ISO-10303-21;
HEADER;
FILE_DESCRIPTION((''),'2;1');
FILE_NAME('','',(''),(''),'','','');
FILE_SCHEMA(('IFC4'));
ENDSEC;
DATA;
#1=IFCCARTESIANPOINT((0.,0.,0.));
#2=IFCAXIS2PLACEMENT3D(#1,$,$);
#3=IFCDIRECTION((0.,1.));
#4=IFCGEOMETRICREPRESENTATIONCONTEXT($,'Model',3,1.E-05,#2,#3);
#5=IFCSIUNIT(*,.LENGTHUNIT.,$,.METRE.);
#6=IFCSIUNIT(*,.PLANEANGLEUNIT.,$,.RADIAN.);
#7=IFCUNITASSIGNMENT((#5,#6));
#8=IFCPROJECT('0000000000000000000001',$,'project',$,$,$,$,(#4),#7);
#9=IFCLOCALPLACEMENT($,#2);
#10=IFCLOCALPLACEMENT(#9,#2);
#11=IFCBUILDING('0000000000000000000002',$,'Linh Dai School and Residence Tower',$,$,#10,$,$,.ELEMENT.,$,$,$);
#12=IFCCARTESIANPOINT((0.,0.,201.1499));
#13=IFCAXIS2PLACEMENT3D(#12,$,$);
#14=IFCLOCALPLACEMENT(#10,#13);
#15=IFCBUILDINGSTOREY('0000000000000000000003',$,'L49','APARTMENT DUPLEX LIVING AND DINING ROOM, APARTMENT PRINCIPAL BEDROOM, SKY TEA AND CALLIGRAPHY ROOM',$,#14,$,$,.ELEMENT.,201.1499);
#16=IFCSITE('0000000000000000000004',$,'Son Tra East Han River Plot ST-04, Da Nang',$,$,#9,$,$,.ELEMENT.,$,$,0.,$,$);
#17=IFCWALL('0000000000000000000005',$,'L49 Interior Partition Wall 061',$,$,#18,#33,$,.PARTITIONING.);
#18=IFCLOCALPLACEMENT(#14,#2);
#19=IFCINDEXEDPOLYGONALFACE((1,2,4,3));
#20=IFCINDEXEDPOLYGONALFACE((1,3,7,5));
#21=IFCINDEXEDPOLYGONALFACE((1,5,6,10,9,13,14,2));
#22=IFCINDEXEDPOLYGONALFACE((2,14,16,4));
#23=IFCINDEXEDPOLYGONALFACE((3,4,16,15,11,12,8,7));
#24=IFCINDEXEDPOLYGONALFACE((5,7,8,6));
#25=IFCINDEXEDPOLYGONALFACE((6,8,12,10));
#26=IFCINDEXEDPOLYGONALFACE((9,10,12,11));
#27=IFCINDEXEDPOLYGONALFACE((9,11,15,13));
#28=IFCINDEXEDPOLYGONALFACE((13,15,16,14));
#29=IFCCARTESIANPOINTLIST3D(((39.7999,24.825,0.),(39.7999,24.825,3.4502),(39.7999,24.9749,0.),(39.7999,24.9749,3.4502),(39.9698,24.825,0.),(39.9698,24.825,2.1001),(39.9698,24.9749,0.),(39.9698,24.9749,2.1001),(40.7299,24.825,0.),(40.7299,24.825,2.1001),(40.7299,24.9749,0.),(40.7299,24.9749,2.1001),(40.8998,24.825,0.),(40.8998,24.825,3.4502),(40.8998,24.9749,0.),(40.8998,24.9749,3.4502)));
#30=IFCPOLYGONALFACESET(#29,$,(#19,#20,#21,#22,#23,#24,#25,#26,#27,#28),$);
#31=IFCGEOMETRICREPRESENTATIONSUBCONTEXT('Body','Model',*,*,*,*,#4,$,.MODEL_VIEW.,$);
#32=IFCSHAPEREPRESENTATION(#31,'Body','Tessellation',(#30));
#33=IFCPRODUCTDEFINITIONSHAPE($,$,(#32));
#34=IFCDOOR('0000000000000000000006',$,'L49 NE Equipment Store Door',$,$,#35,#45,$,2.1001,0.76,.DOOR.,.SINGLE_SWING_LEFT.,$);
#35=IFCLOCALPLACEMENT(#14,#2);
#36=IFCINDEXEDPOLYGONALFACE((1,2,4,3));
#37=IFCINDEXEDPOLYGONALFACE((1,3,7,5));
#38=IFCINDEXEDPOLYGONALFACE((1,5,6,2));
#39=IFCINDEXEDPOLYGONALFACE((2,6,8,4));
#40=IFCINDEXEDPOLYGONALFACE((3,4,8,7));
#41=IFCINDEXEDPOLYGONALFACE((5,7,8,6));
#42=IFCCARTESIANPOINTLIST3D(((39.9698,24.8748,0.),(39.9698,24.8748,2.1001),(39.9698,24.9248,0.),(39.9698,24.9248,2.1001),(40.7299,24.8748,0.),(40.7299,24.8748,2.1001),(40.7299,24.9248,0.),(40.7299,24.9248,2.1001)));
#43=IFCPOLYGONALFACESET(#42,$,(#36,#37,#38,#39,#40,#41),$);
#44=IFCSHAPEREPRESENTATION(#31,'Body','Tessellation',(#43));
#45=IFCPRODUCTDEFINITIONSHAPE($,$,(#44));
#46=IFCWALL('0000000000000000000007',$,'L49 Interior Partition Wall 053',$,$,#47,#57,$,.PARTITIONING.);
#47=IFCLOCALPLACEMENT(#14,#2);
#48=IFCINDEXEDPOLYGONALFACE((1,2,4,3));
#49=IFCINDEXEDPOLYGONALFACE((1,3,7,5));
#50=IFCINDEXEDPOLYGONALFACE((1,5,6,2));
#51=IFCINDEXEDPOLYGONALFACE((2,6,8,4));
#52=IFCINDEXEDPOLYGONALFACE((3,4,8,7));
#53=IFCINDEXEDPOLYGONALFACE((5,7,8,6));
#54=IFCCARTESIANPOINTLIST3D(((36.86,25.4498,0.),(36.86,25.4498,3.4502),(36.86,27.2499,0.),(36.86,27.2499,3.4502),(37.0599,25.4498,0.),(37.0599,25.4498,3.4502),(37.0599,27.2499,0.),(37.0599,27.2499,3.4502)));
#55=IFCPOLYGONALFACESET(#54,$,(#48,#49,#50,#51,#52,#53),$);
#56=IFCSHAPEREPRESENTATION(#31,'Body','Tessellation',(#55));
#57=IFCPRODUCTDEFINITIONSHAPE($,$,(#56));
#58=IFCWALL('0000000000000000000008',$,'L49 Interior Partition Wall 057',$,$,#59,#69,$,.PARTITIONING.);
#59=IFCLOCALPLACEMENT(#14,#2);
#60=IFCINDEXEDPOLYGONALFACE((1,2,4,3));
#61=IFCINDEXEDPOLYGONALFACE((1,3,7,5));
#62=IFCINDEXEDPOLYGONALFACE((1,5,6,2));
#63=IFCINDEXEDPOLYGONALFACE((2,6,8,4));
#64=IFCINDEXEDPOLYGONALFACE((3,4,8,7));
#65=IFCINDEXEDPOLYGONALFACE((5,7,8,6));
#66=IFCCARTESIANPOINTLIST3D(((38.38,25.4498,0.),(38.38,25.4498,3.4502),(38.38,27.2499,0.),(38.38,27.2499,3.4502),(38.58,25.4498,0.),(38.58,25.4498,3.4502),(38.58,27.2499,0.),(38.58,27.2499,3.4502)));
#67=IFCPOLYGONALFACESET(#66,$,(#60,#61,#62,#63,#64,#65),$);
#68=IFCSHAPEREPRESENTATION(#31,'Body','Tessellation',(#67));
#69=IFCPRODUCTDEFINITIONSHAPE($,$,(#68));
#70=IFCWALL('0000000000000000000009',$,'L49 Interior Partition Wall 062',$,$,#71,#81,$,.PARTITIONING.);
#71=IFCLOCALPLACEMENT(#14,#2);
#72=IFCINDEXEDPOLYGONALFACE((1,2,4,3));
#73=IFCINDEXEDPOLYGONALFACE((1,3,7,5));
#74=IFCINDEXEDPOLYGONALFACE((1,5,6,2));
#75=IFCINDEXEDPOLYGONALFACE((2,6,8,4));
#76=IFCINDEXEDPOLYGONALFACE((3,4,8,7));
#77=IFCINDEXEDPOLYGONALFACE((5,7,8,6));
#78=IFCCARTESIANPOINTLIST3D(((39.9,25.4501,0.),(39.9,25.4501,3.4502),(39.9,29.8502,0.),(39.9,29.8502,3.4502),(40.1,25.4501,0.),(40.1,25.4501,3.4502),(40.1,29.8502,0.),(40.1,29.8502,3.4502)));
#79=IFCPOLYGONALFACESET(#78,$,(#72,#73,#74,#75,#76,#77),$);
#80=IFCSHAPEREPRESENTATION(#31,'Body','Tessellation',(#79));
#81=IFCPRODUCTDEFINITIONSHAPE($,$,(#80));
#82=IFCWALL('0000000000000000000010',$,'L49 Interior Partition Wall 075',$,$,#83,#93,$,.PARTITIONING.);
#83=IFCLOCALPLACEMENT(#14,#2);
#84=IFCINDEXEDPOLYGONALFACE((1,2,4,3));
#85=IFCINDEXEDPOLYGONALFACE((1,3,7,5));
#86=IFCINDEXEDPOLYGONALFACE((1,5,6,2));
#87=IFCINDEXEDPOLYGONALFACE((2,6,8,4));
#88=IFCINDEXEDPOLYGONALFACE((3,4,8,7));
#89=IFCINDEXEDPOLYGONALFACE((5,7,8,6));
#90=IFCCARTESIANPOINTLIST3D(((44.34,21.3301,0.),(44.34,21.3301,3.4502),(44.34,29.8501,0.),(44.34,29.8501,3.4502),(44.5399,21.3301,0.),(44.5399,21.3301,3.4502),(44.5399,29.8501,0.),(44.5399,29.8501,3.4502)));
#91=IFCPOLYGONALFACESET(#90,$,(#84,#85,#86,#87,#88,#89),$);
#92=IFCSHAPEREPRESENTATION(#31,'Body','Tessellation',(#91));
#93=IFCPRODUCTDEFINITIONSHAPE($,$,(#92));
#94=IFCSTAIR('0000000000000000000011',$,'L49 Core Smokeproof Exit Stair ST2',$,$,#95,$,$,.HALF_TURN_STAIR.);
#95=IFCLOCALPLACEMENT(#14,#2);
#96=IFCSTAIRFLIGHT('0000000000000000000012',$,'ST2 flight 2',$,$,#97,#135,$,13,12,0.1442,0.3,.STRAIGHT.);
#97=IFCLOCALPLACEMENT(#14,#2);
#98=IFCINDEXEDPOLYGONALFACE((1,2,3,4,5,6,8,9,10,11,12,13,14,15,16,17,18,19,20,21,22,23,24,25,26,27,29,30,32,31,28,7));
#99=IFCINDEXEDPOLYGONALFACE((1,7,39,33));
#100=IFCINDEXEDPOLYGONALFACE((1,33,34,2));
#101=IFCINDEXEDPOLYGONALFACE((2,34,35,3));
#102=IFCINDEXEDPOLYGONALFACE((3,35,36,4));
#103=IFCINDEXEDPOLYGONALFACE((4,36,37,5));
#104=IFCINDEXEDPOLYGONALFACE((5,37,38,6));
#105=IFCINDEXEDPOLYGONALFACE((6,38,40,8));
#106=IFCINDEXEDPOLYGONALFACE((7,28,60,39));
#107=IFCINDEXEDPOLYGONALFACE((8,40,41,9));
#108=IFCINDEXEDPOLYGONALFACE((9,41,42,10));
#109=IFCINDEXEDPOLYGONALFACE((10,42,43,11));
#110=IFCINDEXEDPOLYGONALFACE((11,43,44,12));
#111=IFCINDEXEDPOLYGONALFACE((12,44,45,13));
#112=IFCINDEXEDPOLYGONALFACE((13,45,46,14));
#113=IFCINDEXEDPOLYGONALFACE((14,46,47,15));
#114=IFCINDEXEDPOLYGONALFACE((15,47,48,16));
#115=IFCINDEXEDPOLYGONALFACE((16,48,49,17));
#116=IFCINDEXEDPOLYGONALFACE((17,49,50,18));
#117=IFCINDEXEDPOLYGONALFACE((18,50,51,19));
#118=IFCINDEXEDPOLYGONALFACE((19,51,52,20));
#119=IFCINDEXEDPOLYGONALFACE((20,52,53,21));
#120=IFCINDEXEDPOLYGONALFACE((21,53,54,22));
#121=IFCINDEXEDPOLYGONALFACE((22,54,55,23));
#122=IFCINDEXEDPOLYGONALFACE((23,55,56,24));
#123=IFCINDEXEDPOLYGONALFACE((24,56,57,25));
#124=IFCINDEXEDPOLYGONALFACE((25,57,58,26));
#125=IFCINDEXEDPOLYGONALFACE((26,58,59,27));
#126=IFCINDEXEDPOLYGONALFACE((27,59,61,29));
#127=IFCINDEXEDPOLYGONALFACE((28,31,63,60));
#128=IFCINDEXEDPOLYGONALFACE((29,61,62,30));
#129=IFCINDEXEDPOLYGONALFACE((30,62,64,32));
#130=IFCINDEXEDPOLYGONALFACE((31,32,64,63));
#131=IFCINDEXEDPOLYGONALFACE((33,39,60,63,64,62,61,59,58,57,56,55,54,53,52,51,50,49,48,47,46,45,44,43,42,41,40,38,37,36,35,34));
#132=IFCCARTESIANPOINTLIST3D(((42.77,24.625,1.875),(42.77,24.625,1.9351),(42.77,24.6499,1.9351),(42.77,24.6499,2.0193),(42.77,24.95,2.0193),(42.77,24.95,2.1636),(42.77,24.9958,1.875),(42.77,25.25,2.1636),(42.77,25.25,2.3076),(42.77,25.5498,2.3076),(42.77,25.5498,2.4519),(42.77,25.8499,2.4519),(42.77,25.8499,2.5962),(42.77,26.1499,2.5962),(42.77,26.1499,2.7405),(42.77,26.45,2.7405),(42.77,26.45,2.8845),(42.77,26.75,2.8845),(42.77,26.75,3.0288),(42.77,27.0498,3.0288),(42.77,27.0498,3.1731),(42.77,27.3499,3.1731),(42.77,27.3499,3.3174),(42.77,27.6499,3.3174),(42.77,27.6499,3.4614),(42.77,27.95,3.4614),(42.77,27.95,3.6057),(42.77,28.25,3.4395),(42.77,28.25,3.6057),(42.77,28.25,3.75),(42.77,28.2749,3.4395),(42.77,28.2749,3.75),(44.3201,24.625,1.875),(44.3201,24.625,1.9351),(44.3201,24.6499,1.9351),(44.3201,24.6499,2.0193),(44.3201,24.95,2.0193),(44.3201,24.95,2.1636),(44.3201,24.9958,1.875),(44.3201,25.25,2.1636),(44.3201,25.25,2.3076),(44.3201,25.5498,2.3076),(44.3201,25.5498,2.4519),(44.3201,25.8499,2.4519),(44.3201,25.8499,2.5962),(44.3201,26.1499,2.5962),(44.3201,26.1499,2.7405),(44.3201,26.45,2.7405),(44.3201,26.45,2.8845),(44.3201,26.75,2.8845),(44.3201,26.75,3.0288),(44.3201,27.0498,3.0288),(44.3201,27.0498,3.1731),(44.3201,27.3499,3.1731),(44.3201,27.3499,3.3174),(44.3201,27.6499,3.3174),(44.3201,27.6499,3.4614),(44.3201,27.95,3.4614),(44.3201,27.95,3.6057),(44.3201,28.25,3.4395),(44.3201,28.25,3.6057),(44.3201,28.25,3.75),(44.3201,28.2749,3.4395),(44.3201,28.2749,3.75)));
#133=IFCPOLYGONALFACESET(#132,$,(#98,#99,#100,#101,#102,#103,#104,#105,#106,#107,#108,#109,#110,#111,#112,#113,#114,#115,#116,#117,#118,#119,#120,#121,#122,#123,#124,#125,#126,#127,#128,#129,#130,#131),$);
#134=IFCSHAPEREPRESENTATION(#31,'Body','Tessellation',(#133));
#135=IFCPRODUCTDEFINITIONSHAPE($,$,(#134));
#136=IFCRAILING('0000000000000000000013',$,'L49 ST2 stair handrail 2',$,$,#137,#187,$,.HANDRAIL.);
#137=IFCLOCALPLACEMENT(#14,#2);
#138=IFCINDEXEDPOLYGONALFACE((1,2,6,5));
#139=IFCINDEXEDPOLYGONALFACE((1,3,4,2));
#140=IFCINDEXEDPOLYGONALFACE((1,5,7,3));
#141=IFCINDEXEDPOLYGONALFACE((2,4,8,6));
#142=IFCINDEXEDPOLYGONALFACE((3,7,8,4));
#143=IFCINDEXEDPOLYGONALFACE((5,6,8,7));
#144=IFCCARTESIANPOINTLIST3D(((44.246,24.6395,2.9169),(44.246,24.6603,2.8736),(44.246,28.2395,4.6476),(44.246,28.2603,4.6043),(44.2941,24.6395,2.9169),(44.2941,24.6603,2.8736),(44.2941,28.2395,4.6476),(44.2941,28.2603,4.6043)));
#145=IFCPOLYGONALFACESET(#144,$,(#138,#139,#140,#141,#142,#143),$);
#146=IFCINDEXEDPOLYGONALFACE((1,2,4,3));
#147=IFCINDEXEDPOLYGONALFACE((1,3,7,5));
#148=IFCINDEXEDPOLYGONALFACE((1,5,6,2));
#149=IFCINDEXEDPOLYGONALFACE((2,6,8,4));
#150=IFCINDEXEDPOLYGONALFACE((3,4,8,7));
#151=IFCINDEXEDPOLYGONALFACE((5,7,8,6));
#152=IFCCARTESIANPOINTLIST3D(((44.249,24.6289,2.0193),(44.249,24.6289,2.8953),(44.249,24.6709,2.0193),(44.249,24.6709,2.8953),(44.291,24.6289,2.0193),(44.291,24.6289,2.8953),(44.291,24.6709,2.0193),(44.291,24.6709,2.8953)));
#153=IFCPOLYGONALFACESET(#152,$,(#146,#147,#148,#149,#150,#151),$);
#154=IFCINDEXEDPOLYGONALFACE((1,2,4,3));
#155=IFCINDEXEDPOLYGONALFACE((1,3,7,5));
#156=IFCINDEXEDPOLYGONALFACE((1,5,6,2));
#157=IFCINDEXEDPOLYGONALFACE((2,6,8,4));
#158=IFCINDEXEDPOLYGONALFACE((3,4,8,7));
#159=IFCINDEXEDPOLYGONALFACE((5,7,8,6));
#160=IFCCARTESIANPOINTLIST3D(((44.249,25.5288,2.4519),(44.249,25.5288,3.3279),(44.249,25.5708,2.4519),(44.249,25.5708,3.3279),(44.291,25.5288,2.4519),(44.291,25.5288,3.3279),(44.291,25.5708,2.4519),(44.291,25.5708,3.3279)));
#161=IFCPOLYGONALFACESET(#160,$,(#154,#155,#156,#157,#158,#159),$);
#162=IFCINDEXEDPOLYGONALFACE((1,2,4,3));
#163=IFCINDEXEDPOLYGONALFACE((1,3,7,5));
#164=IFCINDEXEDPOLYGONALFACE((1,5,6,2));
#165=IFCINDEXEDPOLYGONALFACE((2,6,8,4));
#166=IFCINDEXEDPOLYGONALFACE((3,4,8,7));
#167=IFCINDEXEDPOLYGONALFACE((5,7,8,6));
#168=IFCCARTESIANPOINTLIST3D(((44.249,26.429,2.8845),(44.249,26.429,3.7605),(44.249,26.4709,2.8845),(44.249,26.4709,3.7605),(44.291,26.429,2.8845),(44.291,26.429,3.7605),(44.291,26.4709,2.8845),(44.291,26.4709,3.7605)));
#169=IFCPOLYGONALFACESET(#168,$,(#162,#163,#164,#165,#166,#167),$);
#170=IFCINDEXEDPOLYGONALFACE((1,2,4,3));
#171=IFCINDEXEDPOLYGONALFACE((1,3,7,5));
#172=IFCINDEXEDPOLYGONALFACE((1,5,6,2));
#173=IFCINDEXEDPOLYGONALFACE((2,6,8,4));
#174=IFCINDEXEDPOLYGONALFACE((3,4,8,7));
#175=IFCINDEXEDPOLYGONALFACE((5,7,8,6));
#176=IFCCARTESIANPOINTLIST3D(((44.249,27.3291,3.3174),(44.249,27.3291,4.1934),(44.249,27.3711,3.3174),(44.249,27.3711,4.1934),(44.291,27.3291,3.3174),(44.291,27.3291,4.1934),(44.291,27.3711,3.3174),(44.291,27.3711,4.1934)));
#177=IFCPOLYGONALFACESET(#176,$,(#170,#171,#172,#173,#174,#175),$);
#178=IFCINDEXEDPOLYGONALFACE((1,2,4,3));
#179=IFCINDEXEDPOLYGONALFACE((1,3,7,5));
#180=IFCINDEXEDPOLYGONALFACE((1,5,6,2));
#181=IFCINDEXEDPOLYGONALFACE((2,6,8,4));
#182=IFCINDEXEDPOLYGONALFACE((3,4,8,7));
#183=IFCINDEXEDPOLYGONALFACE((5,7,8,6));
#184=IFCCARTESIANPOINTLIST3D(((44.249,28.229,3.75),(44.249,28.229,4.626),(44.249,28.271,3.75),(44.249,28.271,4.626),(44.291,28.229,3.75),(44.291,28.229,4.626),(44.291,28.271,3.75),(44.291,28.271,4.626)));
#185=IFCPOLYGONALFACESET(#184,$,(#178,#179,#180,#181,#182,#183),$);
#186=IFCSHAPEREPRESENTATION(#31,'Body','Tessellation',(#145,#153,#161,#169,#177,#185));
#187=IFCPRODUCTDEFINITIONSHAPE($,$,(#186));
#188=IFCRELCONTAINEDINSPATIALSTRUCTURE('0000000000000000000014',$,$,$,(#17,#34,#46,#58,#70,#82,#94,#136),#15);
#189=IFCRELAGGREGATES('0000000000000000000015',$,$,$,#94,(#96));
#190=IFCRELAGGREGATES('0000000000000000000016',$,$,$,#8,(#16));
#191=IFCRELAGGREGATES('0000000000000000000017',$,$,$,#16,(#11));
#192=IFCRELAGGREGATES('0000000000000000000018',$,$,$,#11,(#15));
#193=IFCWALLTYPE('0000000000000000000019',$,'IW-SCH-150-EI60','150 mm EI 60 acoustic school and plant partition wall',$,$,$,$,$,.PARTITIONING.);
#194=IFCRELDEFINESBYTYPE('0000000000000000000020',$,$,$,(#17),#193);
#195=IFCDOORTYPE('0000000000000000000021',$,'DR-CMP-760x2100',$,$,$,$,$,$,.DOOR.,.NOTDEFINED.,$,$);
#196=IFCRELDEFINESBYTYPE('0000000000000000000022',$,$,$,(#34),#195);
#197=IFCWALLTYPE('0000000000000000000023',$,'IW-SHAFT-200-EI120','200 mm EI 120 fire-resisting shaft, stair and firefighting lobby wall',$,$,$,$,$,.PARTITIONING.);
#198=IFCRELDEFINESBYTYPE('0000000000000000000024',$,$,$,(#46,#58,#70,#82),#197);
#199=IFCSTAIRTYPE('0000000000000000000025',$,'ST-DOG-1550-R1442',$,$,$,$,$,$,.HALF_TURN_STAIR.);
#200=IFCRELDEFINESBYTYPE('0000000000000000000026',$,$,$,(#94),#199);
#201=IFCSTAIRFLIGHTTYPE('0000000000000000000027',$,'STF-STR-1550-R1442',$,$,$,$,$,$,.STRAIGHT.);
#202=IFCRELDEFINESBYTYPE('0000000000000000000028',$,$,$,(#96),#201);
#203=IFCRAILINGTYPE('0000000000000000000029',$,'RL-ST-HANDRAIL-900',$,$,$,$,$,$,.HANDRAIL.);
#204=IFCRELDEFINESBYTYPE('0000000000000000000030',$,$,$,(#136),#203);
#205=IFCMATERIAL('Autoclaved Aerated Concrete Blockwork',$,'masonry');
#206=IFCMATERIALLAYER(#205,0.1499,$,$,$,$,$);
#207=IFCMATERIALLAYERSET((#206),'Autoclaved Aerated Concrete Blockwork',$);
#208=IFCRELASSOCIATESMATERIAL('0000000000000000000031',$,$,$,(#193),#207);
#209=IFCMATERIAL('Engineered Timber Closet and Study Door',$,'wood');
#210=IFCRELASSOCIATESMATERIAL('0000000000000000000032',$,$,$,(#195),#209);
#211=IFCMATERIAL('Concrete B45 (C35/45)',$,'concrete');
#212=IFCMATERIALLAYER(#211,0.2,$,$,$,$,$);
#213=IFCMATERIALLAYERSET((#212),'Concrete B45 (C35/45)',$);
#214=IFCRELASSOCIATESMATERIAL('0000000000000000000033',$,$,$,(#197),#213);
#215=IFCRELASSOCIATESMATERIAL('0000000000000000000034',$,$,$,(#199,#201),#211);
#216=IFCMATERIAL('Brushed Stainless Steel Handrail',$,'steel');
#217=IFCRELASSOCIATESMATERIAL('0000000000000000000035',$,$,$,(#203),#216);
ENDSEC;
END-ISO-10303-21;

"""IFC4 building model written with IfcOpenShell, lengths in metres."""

from ifc_helpers import new_model, si_unit, direction, frame, frame_2d, origin, origin_2d, place, context, subcontext, project, spatial, polyline, rectangle, outline, extrude, source, transform, mapped, material, layer, layer_set, type_object, element, fill, aggregate, save


model = new_model("IFC4")

# Units and contexts
model_context = context("Model", 3, precision=1e-05, world=origin(), true_north=direction((0.0, 1.0)))
body_context = subcontext(model_context, "Body", "Model", "MODEL_VIEW")
ifc_project = project(units=[si_unit("LENGTHUNIT", "METRE"), si_unit("PLANEANGLEUNIT", "RADIAN")], contexts=[model_context])

# Site, building, storey
site_placement = place(None, origin())
site = spatial("IfcSite", under=ifc_project, at=site_placement, Name="Son Tra East Han River Plot ST-04, Da Nang", CompositionType="ELEMENT", RefElevation=0.0)
building_placement = place(site_placement, origin())
building = spatial("IfcBuilding", under=site, at=building_placement, Name="Linh Dai School and Residence Tower", CompositionType="ELEMENT")
storey_placement = place(building_placement, frame((0.0, 0.0, 201.1499)))
storey = spatial("IfcBuildingStorey", under=building, at=storey_placement, Name="L49", Description="APARTMENT DUPLEX LIVING AND DINING ROOM, APARTMENT PRINCIPAL BEDROOM, SKY TEA AND CALLIGRAPHY ROOM", CompositionType="ELEMENT", Elevation=201.1499)

# Shared definitions
ifc_material_1 = material(Name="Autoclaved Aerated Concrete Blockwork", Category="masonry")

# Wall, opening, door
ifc_layer_1 = layer(ifc_material_1, 0.1499)
ifc_layer_set_1 = layer_set([ifc_layer_1], Name="Autoclaved Aerated Concrete Blockwork")
wall_type_1 = type_object("IfcWallType", Name="IW-SCH-150-EI60", Description="150 mm EI 60 acoustic school and plant partition wall", PredefinedType="PARTITIONING", material=ifc_layer_set_1)
wall_1_placement = place(storey_placement, frame((39.8, 24.8999, 0.0), z_axis=(0.0, 0.0, 1.0), x_axis=(1.0, 0.0, 0.0)))
wall_1 = element("IfcWall", 1, at=wall_1_placement, inside=storey, type_object=wall_type_1, Name="L49 Interior Partition Wall 061", PredefinedType="PARTITIONING", context=body_context, shape_type="SweptSolid", body=[
    extrude(rectangle(XDim=1.0999, YDim=0.1499, at=frame_2d((0.5498, 0.0))), origin(), (0.0, 0.0, 1.0), 3.4502),
])
opening_1_placement = place(wall_1_placement, frame((0.1699, 0.0, 0.0)))
opening_1 = element("IfcOpeningElement", 2, at=opening_1_placement, cuts=wall_1, PredefinedType="OPENING", context=body_context, shape_type="SweptSolid", body=[
    extrude(rectangle(XDim=0.76, YDim=2.1001, at=origin_2d()), frame((0.3799, 0.085, 1.05), z_axis=(0.0, -1.0, 0.0), x_axis=(1.0, 0.0, 0.0)), (0.0, 0.0, 1.0), 0.1699),
])
ifc_material_2 = material(Name="Engineered Timber Closet and Study Door", Category="wood")
door_type_1 = type_object("IfcDoorType", Name="DR-CMP-760x2100", OperationType="NOTDEFINED", PredefinedType="DOOR", material=ifc_material_2)
shared_shape_1 = source(origin(), body_context, "Body", "SweptSolid", [
    extrude(rectangle(XDim=0.76, YDim=2.1001, at=origin_2d()), frame((0.3799, 0.0249, 1.05), z_axis=(0.0, -1.0, 0.0), x_axis=(1.0, 0.0, 0.0)), (0.0, 0.0, 1.0), 0.05),
])
door_1_placement = place(opening_1_placement, origin())
door_1 = element("IfcDoor", 3, at=door_1_placement, inside=storey, type_object=door_type_1, Name="L49 NE Equipment Store Door", OperationType="SINGLE_SWING_LEFT", OverallHeight=2.1001, OverallWidth=0.76, PredefinedType="DOOR", context=body_context, shape_type="MappedRepresentation", body=[
    mapped(shared_shape_1, transform((0.0, 0.0, 0.0), x_axis=(1.0, 0.0, 0.0), y_axis=(0.0, 1.0, 0.0), z_axis=(0.0, 0.0, 1.0), scale=1.0)),
])
fill(opening_1, door_1)

# Walls
ifc_material_3 = material(Name="Concrete B45 (C35/45)", Category="concrete")
ifc_layer_2 = layer(ifc_material_3, 0.2)
ifc_layer_set_2 = layer_set([ifc_layer_2], Name="Concrete B45 (C35/45)")
wall_type_2 = type_object("IfcWallType", Name="IW-SHAFT-200-EI120", Description="200 mm EI 120 fire-resisting shaft, stair and firefighting lobby wall", PredefinedType="PARTITIONING", material=ifc_layer_set_2)
for number, where, z_axis, x_axis, name in (
    (4, (36.96, 25.45, 0.0), (0.0, 0.0, 1.0), (0.0, 1.0, 0.0), "L49 Interior Partition Wall 053"),
    (5, (38.48, 25.45, 0.0), (0.0, 0.0, 1.0), (0.0, 1.0, 0.0), "L49 Interior Partition Wall 057"),
):
    element("IfcWall", number, at=place(storey_placement, frame(where, z_axis=z_axis, x_axis=x_axis)), inside=storey, type_object=wall_type_2, Name=name, PredefinedType="PARTITIONING", context=body_context, shape_type="SweptSolid", body=[
        extrude(rectangle(XDim=1.8, YDim=0.2, at=frame_2d((0.8999, 0.0))), origin(), (0.0, 0.0, 1.0), 3.4502),
    ])
wall_2_placement = place(storey_placement, frame((40.0, 25.45, 0.0), z_axis=(0.0, 0.0, 1.0), x_axis=(0.0, 1.0, 0.0)))
element("IfcWall", 6, at=wall_2_placement, inside=storey, type_object=wall_type_2, Name="L49 Interior Partition Wall 062", PredefinedType="PARTITIONING", context=body_context, shape_type="SweptSolid", body=[
    extrude(rectangle(XDim=4.4001, YDim=0.2, at=frame_2d((2.2002, 0.0))), origin(), (0.0, 0.0, 1.0), 3.4502),
])
wall_3_placement = place(storey_placement, frame((44.4399, 21.3301, 0.0), z_axis=(0.0, 0.0, 1.0), x_axis=(0.0, 1.0, 0.0)))
element("IfcWall", 7, at=wall_3_placement, inside=storey, type_object=wall_type_2, Name="L49 Interior Partition Wall 075", PredefinedType="PARTITIONING", context=body_context, shape_type="SweptSolid", body=[
    extrude(rectangle(XDim=8.52, YDim=0.2, at=frame_2d((4.26, 0.0))), origin(), (0.0, 0.0, 1.0), 3.4502),
])

# Stair, stair flight
stair_type = type_object("IfcStairType", Name="ST-DOG-1550-R1442", PredefinedType="HALF_TURN_STAIR", material=ifc_material_3)
stair_placement = place(storey_placement, origin())
stair = element("IfcStair", 8, at=stair_placement, inside=storey, type_object=stair_type, Name="L49 Core Smokeproof Exit Stair ST2", PredefinedType="HALF_TURN_STAIR")
stair_flight_type = type_object("IfcStairFlightType", Name="STF-STR-1550-R1442", PredefinedType="STRAIGHT", material=ifc_material_3)
shared_shape_2 = source(origin(), body_context, "Body", "SweptSolid", [
    extrude(outline(polyline([(-0.0249, 0.0), (-0.0249, 0.0601), (0.0, 0.0601), (0.0, 0.1443), (0.3, 0.1443), (0.3, 0.2886), (0.6001, 0.2886), (0.6001, 0.4326), (0.8999, 0.4326), (0.8999, 0.5769), (1.2, 0.5769), (1.2, 0.7212), (1.5, 0.7212), (1.5, 0.8655), (1.8, 0.8655), (1.8, 1.0095), (2.1001, 1.0095), (2.1001, 1.1538), (2.3999, 1.1538), (2.3999, 1.2981), (2.7, 1.2981), (2.7, 1.4424), (3.0, 1.4424), (3.0, 1.5864), (3.3, 1.5864), (3.3, 1.7307), (3.6001, 1.7307), (3.6001, 1.875), (3.625, 1.875), (3.625, 1.5645), (3.6001, 1.5645), (0.3459, 0.0), (-0.0249, 0.0)])), frame((0.0, 0.7749, 0.0), z_axis=(0.0, -1.0, 0.0), x_axis=(1.0, 0.0, 0.0)), (0.0, 0.0, 1.0), 1.55),
])
stair_flight_placement = place(storey_placement, frame((43.5449, 24.6499, 1.875), z_axis=(0.0, 0.0, 1.0), x_axis=(0.0, 1.0, 0.0)))
stair_flight = element("IfcStairFlight", 9, at=stair_flight_placement, type_object=stair_flight_type, Name="ST2 flight 2", NumberOfRisers=13, NumberOfTreads=12, PredefinedType="STRAIGHT", RiserHeight=0.1442, TreadLength=0.3, context=body_context, shape_type="MappedRepresentation", body=[
    mapped(shared_shape_2, transform((0.0, 0.0, 0.0), x_axis=(1.0, 0.0, 0.0), y_axis=(0.0, 1.0, 0.0), z_axis=(0.0, 0.0, 1.0), scale=1.0)),
])
aggregate(stair, [stair_flight])

# Railing
ifc_material_4 = material(Name="Brushed Stainless Steel Handrail", Category="steel")
railing_type_1 = type_object("IfcRailingType", Name="RL-ST-HANDRAIL-900", PredefinedType="HANDRAIL", material=ifc_material_4)
shared_shape_3 = source(origin(), body_context, "Body", "SweptSolid", [
    extrude(rectangle(XDim=0.0481, YDim=0.0481, at=origin_2d()), frame((0.0, 0.0, 0.876), z_axis=(0.0, 0.901263, 0.433273), x_axis=(-1.0, 0.0, 0.0)), (0.0, 0.0, 1.0), 3.9944),
    extrude(rectangle(XDim=0.042, YDim=0.042, at=origin_2d()), origin(), (0.0, 0.0, 1.0), 0.876),
    extrude(rectangle(XDim=0.042, YDim=0.042, at=origin_2d()), frame((0.0, 0.8999, 0.4326)), (0.0, 0.0, 1.0), 0.876),
    extrude(rectangle(XDim=0.042, YDim=0.042, at=origin_2d()), frame((0.0, 1.8, 0.8652)), (0.0, 0.0, 1.0), 0.876),
    extrude(rectangle(XDim=0.042, YDim=0.042, at=origin_2d()), frame((0.0, 2.7002, 1.2981)), (0.0, 0.0, 1.0), 0.876),
    extrude(rectangle(XDim=0.042, YDim=0.042, at=origin_2d()), frame((0.0, 3.6001, 1.7307)), (0.0, 0.0, 1.0), 0.876),
])
railing_1_placement = place(storey_placement, frame((44.27, 24.6499, 2.0193)))
element("IfcRailing", 10, at=railing_1_placement, inside=storey, type_object=railing_type_1, Name="L49 ST2 stair handrail 2", PredefinedType="HANDRAIL", context=body_context, shape_type="MappedRepresentation", body=[
    mapped(shared_shape_3, transform((0.0, 0.0, 0.0), x_axis=(1.0, 0.0, 0.0), y_axis=(0.0, 1.0, 0.0), z_axis=(0.0, 0.0, 1.0), scale=1.0)),
])

save(model, "model.ifc")
